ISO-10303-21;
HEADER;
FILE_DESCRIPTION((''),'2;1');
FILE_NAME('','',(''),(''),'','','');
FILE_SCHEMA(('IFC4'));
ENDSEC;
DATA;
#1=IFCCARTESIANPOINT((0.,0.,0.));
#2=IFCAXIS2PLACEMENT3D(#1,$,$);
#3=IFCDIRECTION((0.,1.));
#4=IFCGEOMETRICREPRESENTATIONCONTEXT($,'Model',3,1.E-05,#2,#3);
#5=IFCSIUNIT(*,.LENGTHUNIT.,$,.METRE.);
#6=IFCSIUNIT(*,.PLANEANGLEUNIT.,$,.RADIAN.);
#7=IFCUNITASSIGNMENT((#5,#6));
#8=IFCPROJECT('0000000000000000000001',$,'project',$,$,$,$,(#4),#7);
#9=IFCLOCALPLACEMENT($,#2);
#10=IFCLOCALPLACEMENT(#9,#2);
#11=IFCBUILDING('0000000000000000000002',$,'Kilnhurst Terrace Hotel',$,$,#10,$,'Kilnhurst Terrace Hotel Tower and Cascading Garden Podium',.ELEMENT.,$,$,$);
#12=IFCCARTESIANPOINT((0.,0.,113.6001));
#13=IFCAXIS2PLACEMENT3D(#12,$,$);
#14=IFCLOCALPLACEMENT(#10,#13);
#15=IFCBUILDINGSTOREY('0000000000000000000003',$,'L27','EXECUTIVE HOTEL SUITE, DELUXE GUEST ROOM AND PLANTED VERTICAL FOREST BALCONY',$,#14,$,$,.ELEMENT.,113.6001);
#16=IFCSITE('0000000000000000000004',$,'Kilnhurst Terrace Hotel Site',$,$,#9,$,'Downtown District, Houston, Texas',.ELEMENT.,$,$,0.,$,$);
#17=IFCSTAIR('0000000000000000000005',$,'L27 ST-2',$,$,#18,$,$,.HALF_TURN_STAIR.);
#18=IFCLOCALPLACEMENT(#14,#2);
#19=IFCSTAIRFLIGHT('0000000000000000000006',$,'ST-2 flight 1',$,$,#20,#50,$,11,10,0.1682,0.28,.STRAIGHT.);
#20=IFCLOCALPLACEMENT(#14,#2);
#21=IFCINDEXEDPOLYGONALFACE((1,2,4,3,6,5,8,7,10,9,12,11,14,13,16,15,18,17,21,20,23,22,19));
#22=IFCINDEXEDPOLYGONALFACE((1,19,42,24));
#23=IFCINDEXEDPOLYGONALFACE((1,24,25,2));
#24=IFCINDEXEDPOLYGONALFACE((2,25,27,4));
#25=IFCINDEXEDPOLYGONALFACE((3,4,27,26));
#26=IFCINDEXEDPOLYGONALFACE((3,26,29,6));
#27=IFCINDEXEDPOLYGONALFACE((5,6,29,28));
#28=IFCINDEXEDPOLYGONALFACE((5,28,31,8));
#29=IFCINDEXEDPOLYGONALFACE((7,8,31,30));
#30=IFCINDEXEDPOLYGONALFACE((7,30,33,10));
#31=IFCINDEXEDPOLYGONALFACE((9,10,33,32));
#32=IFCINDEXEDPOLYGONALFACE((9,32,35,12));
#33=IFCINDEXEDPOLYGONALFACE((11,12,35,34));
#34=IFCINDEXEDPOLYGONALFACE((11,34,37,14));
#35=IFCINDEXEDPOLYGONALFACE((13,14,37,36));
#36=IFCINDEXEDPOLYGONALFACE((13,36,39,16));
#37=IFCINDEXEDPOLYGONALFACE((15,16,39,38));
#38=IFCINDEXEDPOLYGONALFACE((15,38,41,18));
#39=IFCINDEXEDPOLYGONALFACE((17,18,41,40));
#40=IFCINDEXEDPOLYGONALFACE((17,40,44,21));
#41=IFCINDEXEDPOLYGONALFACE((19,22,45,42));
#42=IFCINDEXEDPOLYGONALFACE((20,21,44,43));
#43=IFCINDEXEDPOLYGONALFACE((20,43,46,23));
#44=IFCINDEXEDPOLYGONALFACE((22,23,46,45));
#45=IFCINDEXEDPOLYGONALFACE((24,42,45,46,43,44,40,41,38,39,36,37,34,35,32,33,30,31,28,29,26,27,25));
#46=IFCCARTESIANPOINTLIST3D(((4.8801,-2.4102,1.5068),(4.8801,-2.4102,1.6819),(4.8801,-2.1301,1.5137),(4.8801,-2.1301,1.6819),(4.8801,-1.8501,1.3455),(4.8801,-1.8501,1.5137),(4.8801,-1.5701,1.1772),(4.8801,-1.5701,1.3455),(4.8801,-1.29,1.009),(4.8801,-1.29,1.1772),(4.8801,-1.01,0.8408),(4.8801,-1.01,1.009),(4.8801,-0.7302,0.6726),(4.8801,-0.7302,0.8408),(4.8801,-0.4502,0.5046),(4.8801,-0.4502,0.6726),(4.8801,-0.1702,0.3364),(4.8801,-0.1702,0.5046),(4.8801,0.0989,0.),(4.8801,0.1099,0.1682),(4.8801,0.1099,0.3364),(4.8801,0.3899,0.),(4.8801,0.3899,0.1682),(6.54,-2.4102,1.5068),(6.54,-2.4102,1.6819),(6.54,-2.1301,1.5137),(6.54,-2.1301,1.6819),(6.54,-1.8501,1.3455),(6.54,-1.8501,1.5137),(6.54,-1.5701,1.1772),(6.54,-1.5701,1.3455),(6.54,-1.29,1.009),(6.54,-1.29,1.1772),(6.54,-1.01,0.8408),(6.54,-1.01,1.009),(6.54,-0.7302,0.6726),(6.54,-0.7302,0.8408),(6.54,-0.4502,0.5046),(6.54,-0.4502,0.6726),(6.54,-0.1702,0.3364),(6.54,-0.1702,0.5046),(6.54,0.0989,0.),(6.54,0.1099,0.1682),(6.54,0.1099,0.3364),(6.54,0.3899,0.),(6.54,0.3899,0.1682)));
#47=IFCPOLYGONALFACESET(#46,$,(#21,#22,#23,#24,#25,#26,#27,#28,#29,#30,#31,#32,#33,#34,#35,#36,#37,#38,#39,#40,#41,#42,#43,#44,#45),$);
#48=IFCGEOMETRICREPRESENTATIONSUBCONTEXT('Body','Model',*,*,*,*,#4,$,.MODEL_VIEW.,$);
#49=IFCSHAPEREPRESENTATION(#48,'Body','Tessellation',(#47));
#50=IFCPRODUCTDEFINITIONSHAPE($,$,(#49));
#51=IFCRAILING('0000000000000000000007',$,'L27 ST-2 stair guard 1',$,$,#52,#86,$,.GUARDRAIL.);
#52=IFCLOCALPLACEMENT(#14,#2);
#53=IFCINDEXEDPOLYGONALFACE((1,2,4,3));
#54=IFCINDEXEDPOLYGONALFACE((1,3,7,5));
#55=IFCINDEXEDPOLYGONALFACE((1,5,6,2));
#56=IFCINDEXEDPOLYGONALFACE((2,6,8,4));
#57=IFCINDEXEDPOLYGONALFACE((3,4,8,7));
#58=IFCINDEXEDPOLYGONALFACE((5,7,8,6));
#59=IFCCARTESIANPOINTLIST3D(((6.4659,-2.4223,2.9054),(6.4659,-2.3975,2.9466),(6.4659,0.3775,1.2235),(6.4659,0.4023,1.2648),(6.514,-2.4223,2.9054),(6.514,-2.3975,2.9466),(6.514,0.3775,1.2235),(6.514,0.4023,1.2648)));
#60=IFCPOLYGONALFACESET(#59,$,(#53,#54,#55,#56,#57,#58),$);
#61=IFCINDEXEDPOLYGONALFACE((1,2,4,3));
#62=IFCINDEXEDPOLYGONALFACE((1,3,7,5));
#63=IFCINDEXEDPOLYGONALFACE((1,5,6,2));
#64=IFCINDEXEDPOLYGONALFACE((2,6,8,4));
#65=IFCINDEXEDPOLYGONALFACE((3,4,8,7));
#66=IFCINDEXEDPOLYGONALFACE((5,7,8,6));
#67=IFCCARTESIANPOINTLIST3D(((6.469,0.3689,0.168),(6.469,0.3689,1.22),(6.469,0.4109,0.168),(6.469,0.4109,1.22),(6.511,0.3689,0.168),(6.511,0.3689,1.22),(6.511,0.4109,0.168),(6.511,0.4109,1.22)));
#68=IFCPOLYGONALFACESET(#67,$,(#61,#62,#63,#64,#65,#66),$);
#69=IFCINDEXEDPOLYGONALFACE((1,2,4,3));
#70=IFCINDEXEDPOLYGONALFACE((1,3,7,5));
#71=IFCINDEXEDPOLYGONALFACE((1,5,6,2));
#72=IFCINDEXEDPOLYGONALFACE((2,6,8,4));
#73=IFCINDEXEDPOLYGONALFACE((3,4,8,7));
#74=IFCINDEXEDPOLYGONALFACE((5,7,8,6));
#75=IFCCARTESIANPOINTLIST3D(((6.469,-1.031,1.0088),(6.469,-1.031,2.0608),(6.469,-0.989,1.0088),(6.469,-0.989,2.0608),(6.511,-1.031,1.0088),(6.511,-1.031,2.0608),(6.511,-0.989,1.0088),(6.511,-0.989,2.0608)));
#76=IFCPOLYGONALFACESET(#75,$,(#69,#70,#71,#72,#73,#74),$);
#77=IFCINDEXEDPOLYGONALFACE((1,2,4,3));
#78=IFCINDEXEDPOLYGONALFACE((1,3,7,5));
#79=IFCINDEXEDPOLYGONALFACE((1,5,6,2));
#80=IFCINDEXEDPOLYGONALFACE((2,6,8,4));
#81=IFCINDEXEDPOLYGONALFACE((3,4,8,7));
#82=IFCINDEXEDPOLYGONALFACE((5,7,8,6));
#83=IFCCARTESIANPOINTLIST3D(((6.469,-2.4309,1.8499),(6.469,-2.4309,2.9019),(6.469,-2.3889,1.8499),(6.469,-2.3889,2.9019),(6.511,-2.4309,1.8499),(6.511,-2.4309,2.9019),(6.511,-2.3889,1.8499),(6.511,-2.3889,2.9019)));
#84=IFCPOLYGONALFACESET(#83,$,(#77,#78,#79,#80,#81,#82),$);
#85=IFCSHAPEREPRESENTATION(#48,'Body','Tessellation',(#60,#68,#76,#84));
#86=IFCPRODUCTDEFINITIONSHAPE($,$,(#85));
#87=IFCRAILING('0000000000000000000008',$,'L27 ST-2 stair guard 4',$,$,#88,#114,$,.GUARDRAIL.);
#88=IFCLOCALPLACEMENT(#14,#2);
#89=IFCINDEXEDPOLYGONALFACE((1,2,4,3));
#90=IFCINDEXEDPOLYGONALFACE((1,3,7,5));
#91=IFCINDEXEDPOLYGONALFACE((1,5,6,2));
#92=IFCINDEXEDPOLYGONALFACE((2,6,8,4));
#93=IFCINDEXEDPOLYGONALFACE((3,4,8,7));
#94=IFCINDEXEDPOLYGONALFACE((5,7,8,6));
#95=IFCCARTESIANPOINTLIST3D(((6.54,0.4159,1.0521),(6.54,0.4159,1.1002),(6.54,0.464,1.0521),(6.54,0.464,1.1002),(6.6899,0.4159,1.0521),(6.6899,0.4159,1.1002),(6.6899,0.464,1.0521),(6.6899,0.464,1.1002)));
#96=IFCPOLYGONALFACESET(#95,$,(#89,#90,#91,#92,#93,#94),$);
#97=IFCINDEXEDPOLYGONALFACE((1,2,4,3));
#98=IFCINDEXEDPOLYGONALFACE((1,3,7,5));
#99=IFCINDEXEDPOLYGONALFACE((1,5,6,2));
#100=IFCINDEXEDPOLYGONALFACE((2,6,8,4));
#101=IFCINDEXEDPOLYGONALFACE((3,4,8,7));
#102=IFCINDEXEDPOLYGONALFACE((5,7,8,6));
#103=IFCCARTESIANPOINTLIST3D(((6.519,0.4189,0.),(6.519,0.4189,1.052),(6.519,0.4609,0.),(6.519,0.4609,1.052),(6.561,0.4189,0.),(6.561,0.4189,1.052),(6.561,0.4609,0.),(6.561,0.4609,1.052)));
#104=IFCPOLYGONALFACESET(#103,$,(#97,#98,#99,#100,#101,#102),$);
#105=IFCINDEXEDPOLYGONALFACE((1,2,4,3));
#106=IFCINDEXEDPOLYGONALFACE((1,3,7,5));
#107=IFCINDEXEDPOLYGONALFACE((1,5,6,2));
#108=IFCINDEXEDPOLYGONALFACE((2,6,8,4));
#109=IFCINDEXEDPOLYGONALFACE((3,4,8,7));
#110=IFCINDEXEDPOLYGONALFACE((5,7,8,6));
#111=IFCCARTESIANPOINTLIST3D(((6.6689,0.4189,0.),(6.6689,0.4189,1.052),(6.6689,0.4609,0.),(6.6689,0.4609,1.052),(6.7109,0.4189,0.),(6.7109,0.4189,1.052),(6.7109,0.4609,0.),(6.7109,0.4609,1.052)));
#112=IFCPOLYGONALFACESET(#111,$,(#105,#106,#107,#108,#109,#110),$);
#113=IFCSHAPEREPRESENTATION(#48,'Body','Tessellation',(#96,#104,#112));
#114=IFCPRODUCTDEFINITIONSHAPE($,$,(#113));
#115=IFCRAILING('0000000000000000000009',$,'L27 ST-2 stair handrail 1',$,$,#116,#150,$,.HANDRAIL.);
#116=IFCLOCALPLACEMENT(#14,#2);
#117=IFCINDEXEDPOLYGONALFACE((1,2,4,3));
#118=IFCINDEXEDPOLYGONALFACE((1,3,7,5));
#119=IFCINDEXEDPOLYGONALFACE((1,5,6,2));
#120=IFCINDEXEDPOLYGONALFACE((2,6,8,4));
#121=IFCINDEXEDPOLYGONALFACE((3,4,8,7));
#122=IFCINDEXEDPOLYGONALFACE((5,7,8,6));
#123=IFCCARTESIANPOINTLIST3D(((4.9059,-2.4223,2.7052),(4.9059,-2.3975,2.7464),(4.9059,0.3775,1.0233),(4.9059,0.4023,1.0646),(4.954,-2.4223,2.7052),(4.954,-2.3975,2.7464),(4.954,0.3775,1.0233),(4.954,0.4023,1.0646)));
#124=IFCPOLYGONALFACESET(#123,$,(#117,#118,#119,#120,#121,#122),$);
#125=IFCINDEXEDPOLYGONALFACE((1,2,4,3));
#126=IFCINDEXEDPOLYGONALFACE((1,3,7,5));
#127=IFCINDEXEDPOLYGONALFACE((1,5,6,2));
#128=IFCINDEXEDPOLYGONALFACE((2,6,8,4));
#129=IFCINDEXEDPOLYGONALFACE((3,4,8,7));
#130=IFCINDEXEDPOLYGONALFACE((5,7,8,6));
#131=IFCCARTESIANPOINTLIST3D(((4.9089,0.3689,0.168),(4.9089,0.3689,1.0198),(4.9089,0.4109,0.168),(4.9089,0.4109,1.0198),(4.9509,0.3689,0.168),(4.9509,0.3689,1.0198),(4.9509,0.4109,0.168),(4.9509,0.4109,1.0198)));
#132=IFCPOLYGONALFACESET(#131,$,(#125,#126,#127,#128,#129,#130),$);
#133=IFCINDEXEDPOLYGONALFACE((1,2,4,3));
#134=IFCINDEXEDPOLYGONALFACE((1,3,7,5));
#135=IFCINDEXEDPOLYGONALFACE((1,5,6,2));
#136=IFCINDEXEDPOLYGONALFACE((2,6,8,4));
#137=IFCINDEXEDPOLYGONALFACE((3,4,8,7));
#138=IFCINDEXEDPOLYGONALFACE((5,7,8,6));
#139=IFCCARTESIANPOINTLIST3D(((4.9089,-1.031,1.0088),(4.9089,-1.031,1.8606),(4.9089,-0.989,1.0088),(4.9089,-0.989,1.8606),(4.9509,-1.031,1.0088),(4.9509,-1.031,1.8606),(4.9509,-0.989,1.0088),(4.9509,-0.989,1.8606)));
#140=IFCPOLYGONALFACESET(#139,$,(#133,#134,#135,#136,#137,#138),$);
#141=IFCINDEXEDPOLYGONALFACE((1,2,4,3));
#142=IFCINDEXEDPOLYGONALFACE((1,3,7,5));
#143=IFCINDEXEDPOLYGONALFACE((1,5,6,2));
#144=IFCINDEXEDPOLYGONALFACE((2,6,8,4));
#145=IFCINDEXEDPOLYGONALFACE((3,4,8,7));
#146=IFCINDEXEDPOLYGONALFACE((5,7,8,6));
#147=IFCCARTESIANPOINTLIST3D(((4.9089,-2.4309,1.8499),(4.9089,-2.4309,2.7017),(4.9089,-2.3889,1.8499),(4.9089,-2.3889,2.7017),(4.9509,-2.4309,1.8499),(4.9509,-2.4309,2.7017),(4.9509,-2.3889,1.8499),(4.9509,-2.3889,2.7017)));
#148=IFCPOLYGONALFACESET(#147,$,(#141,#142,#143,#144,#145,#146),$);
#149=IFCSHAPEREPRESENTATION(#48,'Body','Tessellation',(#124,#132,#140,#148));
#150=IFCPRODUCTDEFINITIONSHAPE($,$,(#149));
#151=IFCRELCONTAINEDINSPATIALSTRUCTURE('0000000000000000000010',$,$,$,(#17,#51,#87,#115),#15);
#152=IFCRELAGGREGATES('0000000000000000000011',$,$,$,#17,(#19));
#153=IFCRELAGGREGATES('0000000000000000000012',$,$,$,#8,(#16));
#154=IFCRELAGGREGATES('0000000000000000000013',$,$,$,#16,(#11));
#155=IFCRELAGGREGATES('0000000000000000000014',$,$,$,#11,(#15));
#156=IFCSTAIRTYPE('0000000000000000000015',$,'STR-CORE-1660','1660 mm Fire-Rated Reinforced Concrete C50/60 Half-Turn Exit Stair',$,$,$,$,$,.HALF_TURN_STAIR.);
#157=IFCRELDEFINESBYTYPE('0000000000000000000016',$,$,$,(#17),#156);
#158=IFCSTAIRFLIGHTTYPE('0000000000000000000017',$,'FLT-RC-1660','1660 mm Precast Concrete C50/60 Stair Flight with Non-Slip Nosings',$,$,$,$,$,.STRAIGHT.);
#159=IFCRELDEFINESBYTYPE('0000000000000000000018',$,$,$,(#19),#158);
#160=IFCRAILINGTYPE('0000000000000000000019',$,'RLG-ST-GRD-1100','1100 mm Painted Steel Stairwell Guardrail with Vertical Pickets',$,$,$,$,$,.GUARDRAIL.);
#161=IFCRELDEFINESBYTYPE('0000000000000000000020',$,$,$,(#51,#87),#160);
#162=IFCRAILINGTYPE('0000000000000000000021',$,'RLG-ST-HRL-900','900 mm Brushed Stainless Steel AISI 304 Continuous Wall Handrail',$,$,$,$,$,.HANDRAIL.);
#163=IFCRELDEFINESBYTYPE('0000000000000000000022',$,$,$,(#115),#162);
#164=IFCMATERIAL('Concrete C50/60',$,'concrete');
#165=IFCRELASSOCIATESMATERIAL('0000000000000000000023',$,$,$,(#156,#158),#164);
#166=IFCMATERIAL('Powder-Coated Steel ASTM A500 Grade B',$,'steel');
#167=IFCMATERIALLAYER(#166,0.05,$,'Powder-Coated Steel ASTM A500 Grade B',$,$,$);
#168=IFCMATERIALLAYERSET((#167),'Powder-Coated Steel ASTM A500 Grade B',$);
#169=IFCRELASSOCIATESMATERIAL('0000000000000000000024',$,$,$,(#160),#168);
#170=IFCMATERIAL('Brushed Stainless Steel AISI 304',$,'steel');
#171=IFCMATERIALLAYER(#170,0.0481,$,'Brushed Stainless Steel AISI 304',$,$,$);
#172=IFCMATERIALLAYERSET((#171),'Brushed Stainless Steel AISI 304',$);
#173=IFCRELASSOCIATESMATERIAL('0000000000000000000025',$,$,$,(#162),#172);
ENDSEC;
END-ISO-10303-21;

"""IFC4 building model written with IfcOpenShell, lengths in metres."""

from ifc_helpers import new_model, si_unit, direction, frame, origin, origin_2d, place, context, subcontext, project, spatial, polyline, rectangle, outline, extrude, material, layer, layer_set, type_object, element, aggregate, save


model = new_model("IFC4")

# Units and contexts
model_context = context("Model", 3, precision=1e-05, world=origin(), true_north=direction((0.0, 1.0)))
body_context = subcontext(model_context, "Body", "Model", "MODEL_VIEW")
ifc_project = project(units=[si_unit("LENGTHUNIT", "METRE"), si_unit("PLANEANGLEUNIT", "RADIAN")], contexts=[model_context])

# Site, building, storey
site_placement = place(None, origin())
site = spatial("IfcSite", under=ifc_project, at=site_placement, Name="Kilnhurst Terrace Hotel Site", LongName="Downtown District, Houston, Texas", CompositionType="ELEMENT", RefElevation=0.0)
building_placement = place(site_placement, origin())
building = spatial("IfcBuilding", under=site, at=building_placement, Name="Kilnhurst Terrace Hotel", LongName="Kilnhurst Terrace Hotel Tower and Cascading Garden Podium", CompositionType="ELEMENT")
storey_placement = place(building_placement, frame((0.0, 0.0, 113.6001)))
storey = spatial("IfcBuildingStorey", under=building, at=storey_placement, Name="L27", Description="EXECUTIVE HOTEL SUITE, DELUXE GUEST ROOM AND PLANTED VERTICAL FOREST BALCONY", CompositionType="ELEMENT", Elevation=113.6001)

# Stair
ifc_material_1 = material(Name="Concrete C50/60", Category="concrete")
stair_type = type_object("IfcStairType", Name="STR-CORE-1660", Description="1660 mm Fire-Rated Reinforced Concrete C50/60 Half-Turn Exit Stair", PredefinedType="HALF_TURN_STAIR", material=ifc_material_1)
stair_1_placement = place(storey_placement, origin())
stair_1 = element("IfcStair", 1, at=stair_1_placement, inside=storey, type_object=stair_type, Name="L27 ST-2", PredefinedType="HALF_TURN_STAIR")

# Stair flight
stair_flight_type = type_object("IfcStairFlightType", Name="FLT-RC-1660", Description="1660 mm Precast Concrete C50/60 Stair Flight with Non-Slip Nosings", PredefinedType="STRAIGHT", material=ifc_material_1)
stair_flight_placement = place(storey_placement, frame((5.71, 0.3899, 0.0), z_axis=(0.0, 0.0, 1.0), x_axis=(0.0, -1.0, 0.0)))
stair_flight = element("IfcStairFlight", 2, at=stair_flight_placement, type_object=stair_flight_type, Name="ST-2 flight 1", NumberOfRisers=11, NumberOfTreads=10, PredefinedType="STRAIGHT", RiserHeight=0.1682, TreadLength=0.28, context=body_context, shape_type="SweptSolid", body=[
    extrude(outline(polyline([(0.0, 0.0), (0.0, 0.1682), (0.28, 0.1682), (0.28, 0.3364), (0.5601, 0.3364), (0.5601, 0.5046), (0.8401, 0.5046), (0.8401, 0.6726), (1.1201, 0.6726), (1.1201, 0.8408), (1.3999, 0.8408), (1.3999, 1.009), (1.6799, 1.009), (1.6799, 1.1772), (1.96, 1.1772), (1.96, 1.3455), (2.24, 1.3455), (2.24, 1.5137), (2.52, 1.5137), (2.52, 1.6819), (2.8, 1.6819), (2.8, 1.8501), (2.8, 1.5068), (0.291, 0.0), (0.0, 0.0)])), frame((0.0, 0.8301, 0.0), z_axis=(0.0, -1.0, 0.0), x_axis=(1.0, 0.0, 0.0)), (0.0, 0.0, 1.0), 1.6599),
])
aggregate(stair_1, [stair_flight])

# Railings
ifc_material_2 = material(Name="Powder-Coated Steel ASTM A500 Grade B", Category="steel")
ifc_layer_1 = layer(ifc_material_2, 0.05, Name="Powder-Coated Steel ASTM A500 Grade B")
ifc_layer_set_1 = layer_set([ifc_layer_1], Name="Powder-Coated Steel ASTM A500 Grade B")
railing_type_1 = type_object("IfcRailingType", Name="RLG-ST-GRD-1100", Description="1100 mm Painted Steel Stairwell Guardrail with Vertical Pickets", PredefinedType="GUARDRAIL", material=ifc_layer_set_1)
railing_1_placement = place(storey_placement, frame((6.49, 0.3899, 0.168)))
element("IfcRailing", 3, at=railing_1_placement, inside=storey, type_object=railing_type_1, Name="L27 ST-2 stair guard 1", PredefinedType="GUARDRAIL", context=body_context, shape_type="SweptSolid", body=[
    extrude(rectangle(XDim=0.0481, YDim=0.0481, at=origin_2d()), frame((0.0, 0.0, 1.0762), z_axis=(0.0, -0.857222, 0.514946), x_axis=(1.0, 0.0, 0.0)), (0.0, 0.0, 1.0), 3.2661),
    extrude(rectangle(XDim=0.042, YDim=0.042, at=origin_2d()), origin(), (0.0, 0.0, 1.0), 1.052),
    extrude(rectangle(XDim=0.042, YDim=0.042, at=origin_2d()), frame((0.0, -1.3999, 0.8408)), (0.0, 0.0, 1.0), 1.052),
    extrude(rectangle(XDim=0.042, YDim=0.042, at=origin_2d()), frame((0.0, -2.7998, 1.6819)), (0.0, 0.0, 1.0), 1.052),
])
railing_2_placement = place(storey_placement, frame((6.54, 0.4399, 0.0)))
element("IfcRailing", 4, at=railing_2_placement, inside=storey, type_object=railing_type_1, Name="L27 ST-2 stair guard 4", PredefinedType="GUARDRAIL", context=body_context, shape_type="SweptSolid", body=[
    extrude(rectangle(XDim=0.0481, YDim=0.0481, at=origin_2d()), frame((0.0, 0.0, 1.0762), z_axis=(1.0, 0.0, 0.0), x_axis=(0.0, 1.0, 0.0)), (0.0, 0.0, 1.0), 0.1499),
    extrude(rectangle(XDim=0.042, YDim=0.042, at=origin_2d()), origin(), (0.0, 0.0, 1.0), 1.052),
    extrude(rectangle(XDim=0.042, YDim=0.042, at=origin_2d()), frame((0.1499, 0.0, 0.0)), (0.0, 0.0, 1.0), 1.052),
])
ifc_material_3 = material(Name="Brushed Stainless Steel AISI 304", Category="steel")
ifc_layer_2 = layer(ifc_material_3, 0.0481, Name="Brushed Stainless Steel AISI 304")
ifc_layer_set_2 = layer_set([ifc_layer_2], Name="Brushed Stainless Steel AISI 304")
railing_type_2 = type_object("IfcRailingType", Name="RLG-ST-HRL-900", Description="900 mm Brushed Stainless Steel AISI 304 Continuous Wall Handrail", PredefinedType="HANDRAIL", material=ifc_layer_set_2)
railing_3_placement = place(storey_placement, frame((4.9299, 0.3899, 0.168)))
element("IfcRailing", 5, at=railing_3_placement, inside=storey, type_object=railing_type_2, Name="L27 ST-2 stair handrail 1", PredefinedType="HANDRAIL", context=body_context, shape_type="SweptSolid", body=[
    extrude(rectangle(XDim=0.0481, YDim=0.0481, at=origin_2d()), frame((0.0, 0.0, 0.876), z_axis=(0.0, -0.857222, 0.514946), x_axis=(1.0, 0.0, 0.0)), (0.0, 0.0, 1.0), 3.2661),
    extrude(rectangle(XDim=0.042, YDim=0.042, at=origin_2d()), origin(), (0.0, 0.0, 1.0), 0.8518),
    extrude(rectangle(XDim=0.042, YDim=0.042, at=origin_2d()), frame((0.0, -1.3999, 0.8408)), (0.0, 0.0, 1.0), 0.8518),
    extrude(rectangle(XDim=0.042, YDim=0.042, at=origin_2d()), frame((0.0, -2.7998, 1.6819)), (0.0, 0.0, 1.0), 0.8518),
])

save(model, "model.ifc")
